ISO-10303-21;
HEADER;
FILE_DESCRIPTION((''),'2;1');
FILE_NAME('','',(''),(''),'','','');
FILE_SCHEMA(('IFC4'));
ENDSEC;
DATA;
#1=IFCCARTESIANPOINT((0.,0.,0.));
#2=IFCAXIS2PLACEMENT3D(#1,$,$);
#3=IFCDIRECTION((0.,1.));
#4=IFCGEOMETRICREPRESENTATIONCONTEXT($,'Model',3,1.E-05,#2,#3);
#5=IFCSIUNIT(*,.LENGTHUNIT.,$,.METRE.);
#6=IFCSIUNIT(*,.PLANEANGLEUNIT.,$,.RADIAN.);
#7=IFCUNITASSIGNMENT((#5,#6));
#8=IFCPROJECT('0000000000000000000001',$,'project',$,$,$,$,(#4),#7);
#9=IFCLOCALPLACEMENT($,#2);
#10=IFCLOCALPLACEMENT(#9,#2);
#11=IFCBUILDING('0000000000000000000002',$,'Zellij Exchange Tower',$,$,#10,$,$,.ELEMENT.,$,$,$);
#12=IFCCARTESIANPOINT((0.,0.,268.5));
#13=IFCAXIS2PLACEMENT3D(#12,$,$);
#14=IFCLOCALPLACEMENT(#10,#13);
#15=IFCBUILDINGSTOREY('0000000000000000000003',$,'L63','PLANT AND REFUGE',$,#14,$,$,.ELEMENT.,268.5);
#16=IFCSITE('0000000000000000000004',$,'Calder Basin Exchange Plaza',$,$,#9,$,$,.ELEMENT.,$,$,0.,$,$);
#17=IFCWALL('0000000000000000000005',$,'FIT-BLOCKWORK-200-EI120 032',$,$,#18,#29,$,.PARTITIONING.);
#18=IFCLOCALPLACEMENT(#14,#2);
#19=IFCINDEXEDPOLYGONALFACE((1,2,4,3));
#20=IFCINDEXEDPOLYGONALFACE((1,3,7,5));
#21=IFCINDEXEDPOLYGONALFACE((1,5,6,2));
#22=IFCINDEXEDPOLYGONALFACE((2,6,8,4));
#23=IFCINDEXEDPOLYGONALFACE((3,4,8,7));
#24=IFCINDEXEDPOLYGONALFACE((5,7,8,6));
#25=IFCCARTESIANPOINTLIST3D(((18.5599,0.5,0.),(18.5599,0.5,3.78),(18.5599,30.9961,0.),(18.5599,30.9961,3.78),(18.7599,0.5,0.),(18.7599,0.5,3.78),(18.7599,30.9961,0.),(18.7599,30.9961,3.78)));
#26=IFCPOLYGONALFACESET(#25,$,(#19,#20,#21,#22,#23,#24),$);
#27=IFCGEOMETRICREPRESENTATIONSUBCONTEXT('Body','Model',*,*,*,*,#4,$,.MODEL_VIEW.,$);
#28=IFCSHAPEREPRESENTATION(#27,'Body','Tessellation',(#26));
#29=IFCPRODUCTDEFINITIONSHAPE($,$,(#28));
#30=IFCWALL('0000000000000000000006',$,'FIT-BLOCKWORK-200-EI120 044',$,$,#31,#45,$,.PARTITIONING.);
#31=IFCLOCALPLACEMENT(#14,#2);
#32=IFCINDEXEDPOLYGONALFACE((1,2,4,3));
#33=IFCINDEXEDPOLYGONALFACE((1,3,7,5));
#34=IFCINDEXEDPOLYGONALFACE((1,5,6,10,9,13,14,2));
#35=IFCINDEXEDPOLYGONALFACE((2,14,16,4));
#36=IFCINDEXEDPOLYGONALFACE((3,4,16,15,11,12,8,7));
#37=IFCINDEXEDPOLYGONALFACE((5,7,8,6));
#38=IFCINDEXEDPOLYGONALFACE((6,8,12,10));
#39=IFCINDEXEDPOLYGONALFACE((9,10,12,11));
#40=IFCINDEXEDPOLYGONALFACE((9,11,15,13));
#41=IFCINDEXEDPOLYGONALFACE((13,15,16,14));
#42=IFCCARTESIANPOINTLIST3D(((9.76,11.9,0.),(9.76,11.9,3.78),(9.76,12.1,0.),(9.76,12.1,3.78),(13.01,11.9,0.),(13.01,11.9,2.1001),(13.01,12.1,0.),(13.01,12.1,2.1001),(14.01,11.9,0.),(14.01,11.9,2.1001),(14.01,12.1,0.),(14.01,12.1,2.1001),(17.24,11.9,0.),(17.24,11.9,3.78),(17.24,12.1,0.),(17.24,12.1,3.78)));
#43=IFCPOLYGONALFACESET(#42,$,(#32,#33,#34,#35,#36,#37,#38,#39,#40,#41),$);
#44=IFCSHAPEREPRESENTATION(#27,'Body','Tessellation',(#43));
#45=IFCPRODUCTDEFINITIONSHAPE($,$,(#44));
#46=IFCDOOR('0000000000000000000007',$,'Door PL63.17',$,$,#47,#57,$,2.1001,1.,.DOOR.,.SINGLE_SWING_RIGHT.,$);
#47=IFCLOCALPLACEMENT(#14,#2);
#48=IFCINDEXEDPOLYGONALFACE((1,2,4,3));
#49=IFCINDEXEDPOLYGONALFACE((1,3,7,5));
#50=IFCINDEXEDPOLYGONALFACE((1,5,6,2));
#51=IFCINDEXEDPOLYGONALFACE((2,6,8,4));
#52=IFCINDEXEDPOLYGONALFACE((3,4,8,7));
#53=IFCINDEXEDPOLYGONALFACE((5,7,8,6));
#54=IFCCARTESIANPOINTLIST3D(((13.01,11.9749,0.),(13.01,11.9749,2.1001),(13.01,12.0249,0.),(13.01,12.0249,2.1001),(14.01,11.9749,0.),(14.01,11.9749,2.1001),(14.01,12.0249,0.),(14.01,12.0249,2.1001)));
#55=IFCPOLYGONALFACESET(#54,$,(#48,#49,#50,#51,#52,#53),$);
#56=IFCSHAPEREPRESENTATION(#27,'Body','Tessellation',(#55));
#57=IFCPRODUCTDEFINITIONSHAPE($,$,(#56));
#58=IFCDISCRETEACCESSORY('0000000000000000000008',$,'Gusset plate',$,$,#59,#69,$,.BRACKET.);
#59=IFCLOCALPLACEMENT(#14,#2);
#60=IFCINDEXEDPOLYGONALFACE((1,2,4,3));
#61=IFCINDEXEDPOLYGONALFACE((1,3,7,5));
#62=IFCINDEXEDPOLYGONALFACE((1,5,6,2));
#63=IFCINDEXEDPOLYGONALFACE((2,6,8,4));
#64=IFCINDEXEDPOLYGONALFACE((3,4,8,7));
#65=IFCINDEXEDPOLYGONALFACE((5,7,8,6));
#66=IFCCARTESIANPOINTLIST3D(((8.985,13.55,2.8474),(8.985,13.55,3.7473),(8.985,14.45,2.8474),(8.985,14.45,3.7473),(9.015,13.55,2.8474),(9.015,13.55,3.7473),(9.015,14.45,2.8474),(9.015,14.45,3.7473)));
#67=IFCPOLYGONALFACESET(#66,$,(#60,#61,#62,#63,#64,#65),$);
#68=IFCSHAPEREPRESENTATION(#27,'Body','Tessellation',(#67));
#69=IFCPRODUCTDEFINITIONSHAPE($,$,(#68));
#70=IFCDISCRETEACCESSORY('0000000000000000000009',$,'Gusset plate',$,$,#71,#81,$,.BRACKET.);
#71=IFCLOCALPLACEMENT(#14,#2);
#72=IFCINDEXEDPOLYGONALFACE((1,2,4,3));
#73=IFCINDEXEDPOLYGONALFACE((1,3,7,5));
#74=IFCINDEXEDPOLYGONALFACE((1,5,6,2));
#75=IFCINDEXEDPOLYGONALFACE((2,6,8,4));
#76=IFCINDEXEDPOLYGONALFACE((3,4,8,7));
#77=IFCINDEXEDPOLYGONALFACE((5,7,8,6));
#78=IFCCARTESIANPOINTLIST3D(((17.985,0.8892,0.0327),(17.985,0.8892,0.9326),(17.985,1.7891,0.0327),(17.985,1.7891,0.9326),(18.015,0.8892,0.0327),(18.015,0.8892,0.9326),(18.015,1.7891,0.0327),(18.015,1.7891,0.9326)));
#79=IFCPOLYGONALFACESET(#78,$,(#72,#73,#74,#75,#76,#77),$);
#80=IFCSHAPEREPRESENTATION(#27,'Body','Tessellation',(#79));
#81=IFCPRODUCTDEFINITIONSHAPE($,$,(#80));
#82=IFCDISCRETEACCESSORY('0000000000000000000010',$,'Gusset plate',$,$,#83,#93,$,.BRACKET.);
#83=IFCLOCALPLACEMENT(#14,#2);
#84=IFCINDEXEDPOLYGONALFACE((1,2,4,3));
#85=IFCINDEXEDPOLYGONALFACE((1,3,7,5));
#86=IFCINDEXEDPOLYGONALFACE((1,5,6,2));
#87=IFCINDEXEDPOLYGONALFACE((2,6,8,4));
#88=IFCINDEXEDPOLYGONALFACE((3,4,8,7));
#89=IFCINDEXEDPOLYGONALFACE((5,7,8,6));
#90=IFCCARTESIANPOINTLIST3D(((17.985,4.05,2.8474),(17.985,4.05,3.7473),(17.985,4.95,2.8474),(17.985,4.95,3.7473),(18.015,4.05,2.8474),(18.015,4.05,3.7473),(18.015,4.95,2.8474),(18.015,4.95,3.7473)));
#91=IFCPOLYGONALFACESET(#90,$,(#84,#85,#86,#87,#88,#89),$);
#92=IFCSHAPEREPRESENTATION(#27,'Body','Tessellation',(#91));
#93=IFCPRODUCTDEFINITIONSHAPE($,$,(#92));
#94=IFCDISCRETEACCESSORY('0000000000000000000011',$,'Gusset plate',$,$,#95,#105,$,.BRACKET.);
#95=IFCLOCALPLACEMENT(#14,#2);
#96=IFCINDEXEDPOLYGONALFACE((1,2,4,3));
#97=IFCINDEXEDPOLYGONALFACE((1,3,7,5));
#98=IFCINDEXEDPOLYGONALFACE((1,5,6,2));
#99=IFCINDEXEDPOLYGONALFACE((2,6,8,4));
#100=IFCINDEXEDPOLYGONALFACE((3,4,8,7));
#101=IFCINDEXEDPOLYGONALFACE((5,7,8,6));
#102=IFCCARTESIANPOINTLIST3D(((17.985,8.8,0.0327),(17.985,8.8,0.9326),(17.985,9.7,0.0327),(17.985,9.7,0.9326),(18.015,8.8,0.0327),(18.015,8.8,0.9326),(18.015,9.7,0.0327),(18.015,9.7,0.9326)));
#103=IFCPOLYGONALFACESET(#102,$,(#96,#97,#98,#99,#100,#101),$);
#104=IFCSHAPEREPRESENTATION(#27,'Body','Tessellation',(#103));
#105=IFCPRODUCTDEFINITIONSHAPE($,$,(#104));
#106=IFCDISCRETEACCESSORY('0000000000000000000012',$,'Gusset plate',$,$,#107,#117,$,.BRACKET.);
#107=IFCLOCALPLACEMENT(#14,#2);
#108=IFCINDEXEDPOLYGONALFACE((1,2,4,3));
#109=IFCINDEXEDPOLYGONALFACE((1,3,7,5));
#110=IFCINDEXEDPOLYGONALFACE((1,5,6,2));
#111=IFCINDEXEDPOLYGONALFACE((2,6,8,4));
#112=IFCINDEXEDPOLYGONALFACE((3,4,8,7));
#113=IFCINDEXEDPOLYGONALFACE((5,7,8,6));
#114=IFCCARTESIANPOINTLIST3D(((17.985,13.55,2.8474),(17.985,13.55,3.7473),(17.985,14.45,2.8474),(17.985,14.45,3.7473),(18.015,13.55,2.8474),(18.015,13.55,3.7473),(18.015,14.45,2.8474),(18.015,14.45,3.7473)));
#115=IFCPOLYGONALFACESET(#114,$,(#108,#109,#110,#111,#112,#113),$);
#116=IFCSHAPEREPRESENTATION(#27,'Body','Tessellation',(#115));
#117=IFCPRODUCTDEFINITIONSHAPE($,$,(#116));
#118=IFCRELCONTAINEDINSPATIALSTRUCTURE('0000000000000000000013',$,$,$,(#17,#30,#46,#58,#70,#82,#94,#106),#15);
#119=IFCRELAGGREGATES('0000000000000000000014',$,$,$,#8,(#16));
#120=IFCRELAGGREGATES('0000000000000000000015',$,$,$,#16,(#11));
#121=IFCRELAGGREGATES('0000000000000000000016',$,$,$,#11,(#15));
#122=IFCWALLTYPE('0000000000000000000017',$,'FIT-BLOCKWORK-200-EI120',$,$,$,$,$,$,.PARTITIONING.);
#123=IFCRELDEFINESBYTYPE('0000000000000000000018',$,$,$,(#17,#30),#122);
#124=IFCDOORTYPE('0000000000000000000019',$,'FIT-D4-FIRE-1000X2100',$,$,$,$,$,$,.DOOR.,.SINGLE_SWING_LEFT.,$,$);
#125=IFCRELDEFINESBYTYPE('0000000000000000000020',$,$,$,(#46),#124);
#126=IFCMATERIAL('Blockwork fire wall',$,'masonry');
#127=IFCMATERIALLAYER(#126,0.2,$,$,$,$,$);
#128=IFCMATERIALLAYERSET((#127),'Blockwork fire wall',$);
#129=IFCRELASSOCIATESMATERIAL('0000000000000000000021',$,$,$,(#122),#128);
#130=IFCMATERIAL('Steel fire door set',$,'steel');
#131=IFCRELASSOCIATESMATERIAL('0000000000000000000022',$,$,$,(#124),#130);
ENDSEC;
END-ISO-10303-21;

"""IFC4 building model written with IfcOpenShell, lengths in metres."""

from ifc_helpers import new_model, si_unit, direction, frame, frame_2d, origin, origin_2d, place, context, subcontext, project, spatial, rectangle, extrude, material, layer, layer_set, type_object, element, fill, save


model = new_model("IFC4")

# Units and contexts
model_context = context("Model", 3, precision=1e-05, world=origin(), true_north=direction((0.0, 1.0)))
body_context = subcontext(model_context, "Body", "Model", "MODEL_VIEW")
ifc_project = project(units=[si_unit("LENGTHUNIT", "METRE"), si_unit("PLANEANGLEUNIT", "RADIAN")], contexts=[model_context])

# Site, building, storey
site_placement = place(None, origin())
site = spatial("IfcSite", under=ifc_project, at=site_placement, Name="Calder Basin Exchange Plaza", CompositionType="ELEMENT", RefElevation=0.0)
building_placement = place(site_placement, origin())
building = spatial("IfcBuilding", under=site, at=building_placement, Name="Zellij Exchange Tower", CompositionType="ELEMENT")
storey_placement = place(building_placement, frame((0.0, 0.0, 268.5)))
storey = spatial("IfcBuildingStorey", under=building, at=storey_placement, Name="L63", Description="PLANT AND REFUGE", CompositionType="ELEMENT", Elevation=268.5)

# Wall
ifc_material_1 = material(Name="Blockwork fire wall", Category="masonry")
ifc_layer = layer(ifc_material_1, 0.2)
ifc_layer_set = layer_set([ifc_layer], Name="Blockwork fire wall")
wall_type = type_object("IfcWallType", Name="FIT-BLOCKWORK-200-EI120", PredefinedType="PARTITIONING", material=ifc_layer_set)
wall_1_placement = place(storey_placement, frame((18.6599, 0.5, 0.0), z_axis=(0.0, 0.0, 1.0), x_axis=(0.0, 1.0, 0.0)))
element("IfcWall", 1, at=wall_1_placement, inside=storey, type_object=wall_type, Name="FIT-BLOCKWORK-200-EI120 032", PredefinedType="PARTITIONING", context=body_context, shape_type="SweptSolid", body=[
    extrude(rectangle(XDim=30.4961, YDim=0.2, at=frame_2d((15.248, 0.0))), origin(), (0.0, 0.0, 1.0), 3.78),
])

# Wall, opening, door
wall_2_placement = place(storey_placement, frame((9.76, 12.0, 0.0), z_axis=(0.0, 0.0, 1.0), x_axis=(1.0, 0.0, 0.0)))
wall_2 = element("IfcWall", 2, at=wall_2_placement, inside=storey, type_object=wall_type, Name="FIT-BLOCKWORK-200-EI120 044", PredefinedType="PARTITIONING", context=body_context, shape_type="SweptSolid", body=[
    extrude(rectangle(XDim=7.48, YDim=0.2, at=frame_2d((3.74, 0.0))), origin(), (0.0, 0.0, 1.0), 3.78),
])
opening_placement = place(wall_2_placement, frame((3.25, 0.0, 0.0)))
opening = element("IfcOpeningElement", 3, at=opening_placement, cuts=wall_2, PredefinedType="OPENING", context=body_context, shape_type="SweptSolid", body=[
    extrude(rectangle(XDim=1.0, YDim=2.1001, at=frame_2d((0.5, 1.05))), frame((0.0, 0.1118, 0.0), z_axis=(0.0, -1.0, 0.0), x_axis=(1.0, 0.0, 0.0)), (0.0, 0.0, 1.0), 0.2239),
])
ifc_material_2 = material(Name="Steel fire door set", Category="steel")
door_type = type_object("IfcDoorType", Name="FIT-D4-FIRE-1000X2100", OperationType="SINGLE_SWING_LEFT", PredefinedType="DOOR", material=ifc_material_2)
door_placement = place(opening_placement, origin())
door = element("IfcDoor", 4, at=door_placement, inside=storey, type_object=door_type, Name="Door PL63.17", OperationType="SINGLE_SWING_RIGHT", OverallHeight=2.1001, OverallWidth=1.0, PredefinedType="DOOR", context=body_context, shape_type="SweptSolid", body=[
    extrude(rectangle(XDim=1.0, YDim=2.1001, at=frame_2d((0.5, 1.05))), frame((0.0, 0.0249, 0.0), z_axis=(0.0, -1.0, 0.0), x_axis=(1.0, 0.0, 0.0)), (0.0, 0.0, 1.0), 0.05),
])
fill(opening, door)

# Discrete accessories
for number, where, z_axis, x_axis, name in (
    (5, (9.0, 14.0, 2.8474), (0.0, 0.0, 1.0), (0.0, 1.0, 0.0), "Gusset plate"),
    (6, (18.0, 1.3391, 0.0327), (0.0, 0.0, 1.0), (0.0, 1.0, 0.0), "Gusset plate"),
    (7, (18.0, 4.5, 2.8474), (0.0, 0.0, 1.0), (0.0, 1.0, 0.0), "Gusset plate"),
    (8, (18.0, 9.25, 0.0327), (0.0, 0.0, 1.0), (0.0, 1.0, 0.0), "Gusset plate"),
    (9, (18.0, 14.0, 2.8474), (0.0, 0.0, 1.0), (0.0, 1.0, 0.0), "Gusset plate"),
):
    element("IfcDiscreteAccessory", number, at=place(storey_placement, frame(where, z_axis=z_axis, x_axis=x_axis)), inside=storey, Name=name, PredefinedType="BRACKET", context=body_context, shape_type="SweptSolid", body=[
        extrude(rectangle(XDim=0.8999, YDim=0.03, at=origin_2d()), origin(), (0.0, 0.0, 1.0), 0.8999),
    ])

save(model, "model.ifc")
